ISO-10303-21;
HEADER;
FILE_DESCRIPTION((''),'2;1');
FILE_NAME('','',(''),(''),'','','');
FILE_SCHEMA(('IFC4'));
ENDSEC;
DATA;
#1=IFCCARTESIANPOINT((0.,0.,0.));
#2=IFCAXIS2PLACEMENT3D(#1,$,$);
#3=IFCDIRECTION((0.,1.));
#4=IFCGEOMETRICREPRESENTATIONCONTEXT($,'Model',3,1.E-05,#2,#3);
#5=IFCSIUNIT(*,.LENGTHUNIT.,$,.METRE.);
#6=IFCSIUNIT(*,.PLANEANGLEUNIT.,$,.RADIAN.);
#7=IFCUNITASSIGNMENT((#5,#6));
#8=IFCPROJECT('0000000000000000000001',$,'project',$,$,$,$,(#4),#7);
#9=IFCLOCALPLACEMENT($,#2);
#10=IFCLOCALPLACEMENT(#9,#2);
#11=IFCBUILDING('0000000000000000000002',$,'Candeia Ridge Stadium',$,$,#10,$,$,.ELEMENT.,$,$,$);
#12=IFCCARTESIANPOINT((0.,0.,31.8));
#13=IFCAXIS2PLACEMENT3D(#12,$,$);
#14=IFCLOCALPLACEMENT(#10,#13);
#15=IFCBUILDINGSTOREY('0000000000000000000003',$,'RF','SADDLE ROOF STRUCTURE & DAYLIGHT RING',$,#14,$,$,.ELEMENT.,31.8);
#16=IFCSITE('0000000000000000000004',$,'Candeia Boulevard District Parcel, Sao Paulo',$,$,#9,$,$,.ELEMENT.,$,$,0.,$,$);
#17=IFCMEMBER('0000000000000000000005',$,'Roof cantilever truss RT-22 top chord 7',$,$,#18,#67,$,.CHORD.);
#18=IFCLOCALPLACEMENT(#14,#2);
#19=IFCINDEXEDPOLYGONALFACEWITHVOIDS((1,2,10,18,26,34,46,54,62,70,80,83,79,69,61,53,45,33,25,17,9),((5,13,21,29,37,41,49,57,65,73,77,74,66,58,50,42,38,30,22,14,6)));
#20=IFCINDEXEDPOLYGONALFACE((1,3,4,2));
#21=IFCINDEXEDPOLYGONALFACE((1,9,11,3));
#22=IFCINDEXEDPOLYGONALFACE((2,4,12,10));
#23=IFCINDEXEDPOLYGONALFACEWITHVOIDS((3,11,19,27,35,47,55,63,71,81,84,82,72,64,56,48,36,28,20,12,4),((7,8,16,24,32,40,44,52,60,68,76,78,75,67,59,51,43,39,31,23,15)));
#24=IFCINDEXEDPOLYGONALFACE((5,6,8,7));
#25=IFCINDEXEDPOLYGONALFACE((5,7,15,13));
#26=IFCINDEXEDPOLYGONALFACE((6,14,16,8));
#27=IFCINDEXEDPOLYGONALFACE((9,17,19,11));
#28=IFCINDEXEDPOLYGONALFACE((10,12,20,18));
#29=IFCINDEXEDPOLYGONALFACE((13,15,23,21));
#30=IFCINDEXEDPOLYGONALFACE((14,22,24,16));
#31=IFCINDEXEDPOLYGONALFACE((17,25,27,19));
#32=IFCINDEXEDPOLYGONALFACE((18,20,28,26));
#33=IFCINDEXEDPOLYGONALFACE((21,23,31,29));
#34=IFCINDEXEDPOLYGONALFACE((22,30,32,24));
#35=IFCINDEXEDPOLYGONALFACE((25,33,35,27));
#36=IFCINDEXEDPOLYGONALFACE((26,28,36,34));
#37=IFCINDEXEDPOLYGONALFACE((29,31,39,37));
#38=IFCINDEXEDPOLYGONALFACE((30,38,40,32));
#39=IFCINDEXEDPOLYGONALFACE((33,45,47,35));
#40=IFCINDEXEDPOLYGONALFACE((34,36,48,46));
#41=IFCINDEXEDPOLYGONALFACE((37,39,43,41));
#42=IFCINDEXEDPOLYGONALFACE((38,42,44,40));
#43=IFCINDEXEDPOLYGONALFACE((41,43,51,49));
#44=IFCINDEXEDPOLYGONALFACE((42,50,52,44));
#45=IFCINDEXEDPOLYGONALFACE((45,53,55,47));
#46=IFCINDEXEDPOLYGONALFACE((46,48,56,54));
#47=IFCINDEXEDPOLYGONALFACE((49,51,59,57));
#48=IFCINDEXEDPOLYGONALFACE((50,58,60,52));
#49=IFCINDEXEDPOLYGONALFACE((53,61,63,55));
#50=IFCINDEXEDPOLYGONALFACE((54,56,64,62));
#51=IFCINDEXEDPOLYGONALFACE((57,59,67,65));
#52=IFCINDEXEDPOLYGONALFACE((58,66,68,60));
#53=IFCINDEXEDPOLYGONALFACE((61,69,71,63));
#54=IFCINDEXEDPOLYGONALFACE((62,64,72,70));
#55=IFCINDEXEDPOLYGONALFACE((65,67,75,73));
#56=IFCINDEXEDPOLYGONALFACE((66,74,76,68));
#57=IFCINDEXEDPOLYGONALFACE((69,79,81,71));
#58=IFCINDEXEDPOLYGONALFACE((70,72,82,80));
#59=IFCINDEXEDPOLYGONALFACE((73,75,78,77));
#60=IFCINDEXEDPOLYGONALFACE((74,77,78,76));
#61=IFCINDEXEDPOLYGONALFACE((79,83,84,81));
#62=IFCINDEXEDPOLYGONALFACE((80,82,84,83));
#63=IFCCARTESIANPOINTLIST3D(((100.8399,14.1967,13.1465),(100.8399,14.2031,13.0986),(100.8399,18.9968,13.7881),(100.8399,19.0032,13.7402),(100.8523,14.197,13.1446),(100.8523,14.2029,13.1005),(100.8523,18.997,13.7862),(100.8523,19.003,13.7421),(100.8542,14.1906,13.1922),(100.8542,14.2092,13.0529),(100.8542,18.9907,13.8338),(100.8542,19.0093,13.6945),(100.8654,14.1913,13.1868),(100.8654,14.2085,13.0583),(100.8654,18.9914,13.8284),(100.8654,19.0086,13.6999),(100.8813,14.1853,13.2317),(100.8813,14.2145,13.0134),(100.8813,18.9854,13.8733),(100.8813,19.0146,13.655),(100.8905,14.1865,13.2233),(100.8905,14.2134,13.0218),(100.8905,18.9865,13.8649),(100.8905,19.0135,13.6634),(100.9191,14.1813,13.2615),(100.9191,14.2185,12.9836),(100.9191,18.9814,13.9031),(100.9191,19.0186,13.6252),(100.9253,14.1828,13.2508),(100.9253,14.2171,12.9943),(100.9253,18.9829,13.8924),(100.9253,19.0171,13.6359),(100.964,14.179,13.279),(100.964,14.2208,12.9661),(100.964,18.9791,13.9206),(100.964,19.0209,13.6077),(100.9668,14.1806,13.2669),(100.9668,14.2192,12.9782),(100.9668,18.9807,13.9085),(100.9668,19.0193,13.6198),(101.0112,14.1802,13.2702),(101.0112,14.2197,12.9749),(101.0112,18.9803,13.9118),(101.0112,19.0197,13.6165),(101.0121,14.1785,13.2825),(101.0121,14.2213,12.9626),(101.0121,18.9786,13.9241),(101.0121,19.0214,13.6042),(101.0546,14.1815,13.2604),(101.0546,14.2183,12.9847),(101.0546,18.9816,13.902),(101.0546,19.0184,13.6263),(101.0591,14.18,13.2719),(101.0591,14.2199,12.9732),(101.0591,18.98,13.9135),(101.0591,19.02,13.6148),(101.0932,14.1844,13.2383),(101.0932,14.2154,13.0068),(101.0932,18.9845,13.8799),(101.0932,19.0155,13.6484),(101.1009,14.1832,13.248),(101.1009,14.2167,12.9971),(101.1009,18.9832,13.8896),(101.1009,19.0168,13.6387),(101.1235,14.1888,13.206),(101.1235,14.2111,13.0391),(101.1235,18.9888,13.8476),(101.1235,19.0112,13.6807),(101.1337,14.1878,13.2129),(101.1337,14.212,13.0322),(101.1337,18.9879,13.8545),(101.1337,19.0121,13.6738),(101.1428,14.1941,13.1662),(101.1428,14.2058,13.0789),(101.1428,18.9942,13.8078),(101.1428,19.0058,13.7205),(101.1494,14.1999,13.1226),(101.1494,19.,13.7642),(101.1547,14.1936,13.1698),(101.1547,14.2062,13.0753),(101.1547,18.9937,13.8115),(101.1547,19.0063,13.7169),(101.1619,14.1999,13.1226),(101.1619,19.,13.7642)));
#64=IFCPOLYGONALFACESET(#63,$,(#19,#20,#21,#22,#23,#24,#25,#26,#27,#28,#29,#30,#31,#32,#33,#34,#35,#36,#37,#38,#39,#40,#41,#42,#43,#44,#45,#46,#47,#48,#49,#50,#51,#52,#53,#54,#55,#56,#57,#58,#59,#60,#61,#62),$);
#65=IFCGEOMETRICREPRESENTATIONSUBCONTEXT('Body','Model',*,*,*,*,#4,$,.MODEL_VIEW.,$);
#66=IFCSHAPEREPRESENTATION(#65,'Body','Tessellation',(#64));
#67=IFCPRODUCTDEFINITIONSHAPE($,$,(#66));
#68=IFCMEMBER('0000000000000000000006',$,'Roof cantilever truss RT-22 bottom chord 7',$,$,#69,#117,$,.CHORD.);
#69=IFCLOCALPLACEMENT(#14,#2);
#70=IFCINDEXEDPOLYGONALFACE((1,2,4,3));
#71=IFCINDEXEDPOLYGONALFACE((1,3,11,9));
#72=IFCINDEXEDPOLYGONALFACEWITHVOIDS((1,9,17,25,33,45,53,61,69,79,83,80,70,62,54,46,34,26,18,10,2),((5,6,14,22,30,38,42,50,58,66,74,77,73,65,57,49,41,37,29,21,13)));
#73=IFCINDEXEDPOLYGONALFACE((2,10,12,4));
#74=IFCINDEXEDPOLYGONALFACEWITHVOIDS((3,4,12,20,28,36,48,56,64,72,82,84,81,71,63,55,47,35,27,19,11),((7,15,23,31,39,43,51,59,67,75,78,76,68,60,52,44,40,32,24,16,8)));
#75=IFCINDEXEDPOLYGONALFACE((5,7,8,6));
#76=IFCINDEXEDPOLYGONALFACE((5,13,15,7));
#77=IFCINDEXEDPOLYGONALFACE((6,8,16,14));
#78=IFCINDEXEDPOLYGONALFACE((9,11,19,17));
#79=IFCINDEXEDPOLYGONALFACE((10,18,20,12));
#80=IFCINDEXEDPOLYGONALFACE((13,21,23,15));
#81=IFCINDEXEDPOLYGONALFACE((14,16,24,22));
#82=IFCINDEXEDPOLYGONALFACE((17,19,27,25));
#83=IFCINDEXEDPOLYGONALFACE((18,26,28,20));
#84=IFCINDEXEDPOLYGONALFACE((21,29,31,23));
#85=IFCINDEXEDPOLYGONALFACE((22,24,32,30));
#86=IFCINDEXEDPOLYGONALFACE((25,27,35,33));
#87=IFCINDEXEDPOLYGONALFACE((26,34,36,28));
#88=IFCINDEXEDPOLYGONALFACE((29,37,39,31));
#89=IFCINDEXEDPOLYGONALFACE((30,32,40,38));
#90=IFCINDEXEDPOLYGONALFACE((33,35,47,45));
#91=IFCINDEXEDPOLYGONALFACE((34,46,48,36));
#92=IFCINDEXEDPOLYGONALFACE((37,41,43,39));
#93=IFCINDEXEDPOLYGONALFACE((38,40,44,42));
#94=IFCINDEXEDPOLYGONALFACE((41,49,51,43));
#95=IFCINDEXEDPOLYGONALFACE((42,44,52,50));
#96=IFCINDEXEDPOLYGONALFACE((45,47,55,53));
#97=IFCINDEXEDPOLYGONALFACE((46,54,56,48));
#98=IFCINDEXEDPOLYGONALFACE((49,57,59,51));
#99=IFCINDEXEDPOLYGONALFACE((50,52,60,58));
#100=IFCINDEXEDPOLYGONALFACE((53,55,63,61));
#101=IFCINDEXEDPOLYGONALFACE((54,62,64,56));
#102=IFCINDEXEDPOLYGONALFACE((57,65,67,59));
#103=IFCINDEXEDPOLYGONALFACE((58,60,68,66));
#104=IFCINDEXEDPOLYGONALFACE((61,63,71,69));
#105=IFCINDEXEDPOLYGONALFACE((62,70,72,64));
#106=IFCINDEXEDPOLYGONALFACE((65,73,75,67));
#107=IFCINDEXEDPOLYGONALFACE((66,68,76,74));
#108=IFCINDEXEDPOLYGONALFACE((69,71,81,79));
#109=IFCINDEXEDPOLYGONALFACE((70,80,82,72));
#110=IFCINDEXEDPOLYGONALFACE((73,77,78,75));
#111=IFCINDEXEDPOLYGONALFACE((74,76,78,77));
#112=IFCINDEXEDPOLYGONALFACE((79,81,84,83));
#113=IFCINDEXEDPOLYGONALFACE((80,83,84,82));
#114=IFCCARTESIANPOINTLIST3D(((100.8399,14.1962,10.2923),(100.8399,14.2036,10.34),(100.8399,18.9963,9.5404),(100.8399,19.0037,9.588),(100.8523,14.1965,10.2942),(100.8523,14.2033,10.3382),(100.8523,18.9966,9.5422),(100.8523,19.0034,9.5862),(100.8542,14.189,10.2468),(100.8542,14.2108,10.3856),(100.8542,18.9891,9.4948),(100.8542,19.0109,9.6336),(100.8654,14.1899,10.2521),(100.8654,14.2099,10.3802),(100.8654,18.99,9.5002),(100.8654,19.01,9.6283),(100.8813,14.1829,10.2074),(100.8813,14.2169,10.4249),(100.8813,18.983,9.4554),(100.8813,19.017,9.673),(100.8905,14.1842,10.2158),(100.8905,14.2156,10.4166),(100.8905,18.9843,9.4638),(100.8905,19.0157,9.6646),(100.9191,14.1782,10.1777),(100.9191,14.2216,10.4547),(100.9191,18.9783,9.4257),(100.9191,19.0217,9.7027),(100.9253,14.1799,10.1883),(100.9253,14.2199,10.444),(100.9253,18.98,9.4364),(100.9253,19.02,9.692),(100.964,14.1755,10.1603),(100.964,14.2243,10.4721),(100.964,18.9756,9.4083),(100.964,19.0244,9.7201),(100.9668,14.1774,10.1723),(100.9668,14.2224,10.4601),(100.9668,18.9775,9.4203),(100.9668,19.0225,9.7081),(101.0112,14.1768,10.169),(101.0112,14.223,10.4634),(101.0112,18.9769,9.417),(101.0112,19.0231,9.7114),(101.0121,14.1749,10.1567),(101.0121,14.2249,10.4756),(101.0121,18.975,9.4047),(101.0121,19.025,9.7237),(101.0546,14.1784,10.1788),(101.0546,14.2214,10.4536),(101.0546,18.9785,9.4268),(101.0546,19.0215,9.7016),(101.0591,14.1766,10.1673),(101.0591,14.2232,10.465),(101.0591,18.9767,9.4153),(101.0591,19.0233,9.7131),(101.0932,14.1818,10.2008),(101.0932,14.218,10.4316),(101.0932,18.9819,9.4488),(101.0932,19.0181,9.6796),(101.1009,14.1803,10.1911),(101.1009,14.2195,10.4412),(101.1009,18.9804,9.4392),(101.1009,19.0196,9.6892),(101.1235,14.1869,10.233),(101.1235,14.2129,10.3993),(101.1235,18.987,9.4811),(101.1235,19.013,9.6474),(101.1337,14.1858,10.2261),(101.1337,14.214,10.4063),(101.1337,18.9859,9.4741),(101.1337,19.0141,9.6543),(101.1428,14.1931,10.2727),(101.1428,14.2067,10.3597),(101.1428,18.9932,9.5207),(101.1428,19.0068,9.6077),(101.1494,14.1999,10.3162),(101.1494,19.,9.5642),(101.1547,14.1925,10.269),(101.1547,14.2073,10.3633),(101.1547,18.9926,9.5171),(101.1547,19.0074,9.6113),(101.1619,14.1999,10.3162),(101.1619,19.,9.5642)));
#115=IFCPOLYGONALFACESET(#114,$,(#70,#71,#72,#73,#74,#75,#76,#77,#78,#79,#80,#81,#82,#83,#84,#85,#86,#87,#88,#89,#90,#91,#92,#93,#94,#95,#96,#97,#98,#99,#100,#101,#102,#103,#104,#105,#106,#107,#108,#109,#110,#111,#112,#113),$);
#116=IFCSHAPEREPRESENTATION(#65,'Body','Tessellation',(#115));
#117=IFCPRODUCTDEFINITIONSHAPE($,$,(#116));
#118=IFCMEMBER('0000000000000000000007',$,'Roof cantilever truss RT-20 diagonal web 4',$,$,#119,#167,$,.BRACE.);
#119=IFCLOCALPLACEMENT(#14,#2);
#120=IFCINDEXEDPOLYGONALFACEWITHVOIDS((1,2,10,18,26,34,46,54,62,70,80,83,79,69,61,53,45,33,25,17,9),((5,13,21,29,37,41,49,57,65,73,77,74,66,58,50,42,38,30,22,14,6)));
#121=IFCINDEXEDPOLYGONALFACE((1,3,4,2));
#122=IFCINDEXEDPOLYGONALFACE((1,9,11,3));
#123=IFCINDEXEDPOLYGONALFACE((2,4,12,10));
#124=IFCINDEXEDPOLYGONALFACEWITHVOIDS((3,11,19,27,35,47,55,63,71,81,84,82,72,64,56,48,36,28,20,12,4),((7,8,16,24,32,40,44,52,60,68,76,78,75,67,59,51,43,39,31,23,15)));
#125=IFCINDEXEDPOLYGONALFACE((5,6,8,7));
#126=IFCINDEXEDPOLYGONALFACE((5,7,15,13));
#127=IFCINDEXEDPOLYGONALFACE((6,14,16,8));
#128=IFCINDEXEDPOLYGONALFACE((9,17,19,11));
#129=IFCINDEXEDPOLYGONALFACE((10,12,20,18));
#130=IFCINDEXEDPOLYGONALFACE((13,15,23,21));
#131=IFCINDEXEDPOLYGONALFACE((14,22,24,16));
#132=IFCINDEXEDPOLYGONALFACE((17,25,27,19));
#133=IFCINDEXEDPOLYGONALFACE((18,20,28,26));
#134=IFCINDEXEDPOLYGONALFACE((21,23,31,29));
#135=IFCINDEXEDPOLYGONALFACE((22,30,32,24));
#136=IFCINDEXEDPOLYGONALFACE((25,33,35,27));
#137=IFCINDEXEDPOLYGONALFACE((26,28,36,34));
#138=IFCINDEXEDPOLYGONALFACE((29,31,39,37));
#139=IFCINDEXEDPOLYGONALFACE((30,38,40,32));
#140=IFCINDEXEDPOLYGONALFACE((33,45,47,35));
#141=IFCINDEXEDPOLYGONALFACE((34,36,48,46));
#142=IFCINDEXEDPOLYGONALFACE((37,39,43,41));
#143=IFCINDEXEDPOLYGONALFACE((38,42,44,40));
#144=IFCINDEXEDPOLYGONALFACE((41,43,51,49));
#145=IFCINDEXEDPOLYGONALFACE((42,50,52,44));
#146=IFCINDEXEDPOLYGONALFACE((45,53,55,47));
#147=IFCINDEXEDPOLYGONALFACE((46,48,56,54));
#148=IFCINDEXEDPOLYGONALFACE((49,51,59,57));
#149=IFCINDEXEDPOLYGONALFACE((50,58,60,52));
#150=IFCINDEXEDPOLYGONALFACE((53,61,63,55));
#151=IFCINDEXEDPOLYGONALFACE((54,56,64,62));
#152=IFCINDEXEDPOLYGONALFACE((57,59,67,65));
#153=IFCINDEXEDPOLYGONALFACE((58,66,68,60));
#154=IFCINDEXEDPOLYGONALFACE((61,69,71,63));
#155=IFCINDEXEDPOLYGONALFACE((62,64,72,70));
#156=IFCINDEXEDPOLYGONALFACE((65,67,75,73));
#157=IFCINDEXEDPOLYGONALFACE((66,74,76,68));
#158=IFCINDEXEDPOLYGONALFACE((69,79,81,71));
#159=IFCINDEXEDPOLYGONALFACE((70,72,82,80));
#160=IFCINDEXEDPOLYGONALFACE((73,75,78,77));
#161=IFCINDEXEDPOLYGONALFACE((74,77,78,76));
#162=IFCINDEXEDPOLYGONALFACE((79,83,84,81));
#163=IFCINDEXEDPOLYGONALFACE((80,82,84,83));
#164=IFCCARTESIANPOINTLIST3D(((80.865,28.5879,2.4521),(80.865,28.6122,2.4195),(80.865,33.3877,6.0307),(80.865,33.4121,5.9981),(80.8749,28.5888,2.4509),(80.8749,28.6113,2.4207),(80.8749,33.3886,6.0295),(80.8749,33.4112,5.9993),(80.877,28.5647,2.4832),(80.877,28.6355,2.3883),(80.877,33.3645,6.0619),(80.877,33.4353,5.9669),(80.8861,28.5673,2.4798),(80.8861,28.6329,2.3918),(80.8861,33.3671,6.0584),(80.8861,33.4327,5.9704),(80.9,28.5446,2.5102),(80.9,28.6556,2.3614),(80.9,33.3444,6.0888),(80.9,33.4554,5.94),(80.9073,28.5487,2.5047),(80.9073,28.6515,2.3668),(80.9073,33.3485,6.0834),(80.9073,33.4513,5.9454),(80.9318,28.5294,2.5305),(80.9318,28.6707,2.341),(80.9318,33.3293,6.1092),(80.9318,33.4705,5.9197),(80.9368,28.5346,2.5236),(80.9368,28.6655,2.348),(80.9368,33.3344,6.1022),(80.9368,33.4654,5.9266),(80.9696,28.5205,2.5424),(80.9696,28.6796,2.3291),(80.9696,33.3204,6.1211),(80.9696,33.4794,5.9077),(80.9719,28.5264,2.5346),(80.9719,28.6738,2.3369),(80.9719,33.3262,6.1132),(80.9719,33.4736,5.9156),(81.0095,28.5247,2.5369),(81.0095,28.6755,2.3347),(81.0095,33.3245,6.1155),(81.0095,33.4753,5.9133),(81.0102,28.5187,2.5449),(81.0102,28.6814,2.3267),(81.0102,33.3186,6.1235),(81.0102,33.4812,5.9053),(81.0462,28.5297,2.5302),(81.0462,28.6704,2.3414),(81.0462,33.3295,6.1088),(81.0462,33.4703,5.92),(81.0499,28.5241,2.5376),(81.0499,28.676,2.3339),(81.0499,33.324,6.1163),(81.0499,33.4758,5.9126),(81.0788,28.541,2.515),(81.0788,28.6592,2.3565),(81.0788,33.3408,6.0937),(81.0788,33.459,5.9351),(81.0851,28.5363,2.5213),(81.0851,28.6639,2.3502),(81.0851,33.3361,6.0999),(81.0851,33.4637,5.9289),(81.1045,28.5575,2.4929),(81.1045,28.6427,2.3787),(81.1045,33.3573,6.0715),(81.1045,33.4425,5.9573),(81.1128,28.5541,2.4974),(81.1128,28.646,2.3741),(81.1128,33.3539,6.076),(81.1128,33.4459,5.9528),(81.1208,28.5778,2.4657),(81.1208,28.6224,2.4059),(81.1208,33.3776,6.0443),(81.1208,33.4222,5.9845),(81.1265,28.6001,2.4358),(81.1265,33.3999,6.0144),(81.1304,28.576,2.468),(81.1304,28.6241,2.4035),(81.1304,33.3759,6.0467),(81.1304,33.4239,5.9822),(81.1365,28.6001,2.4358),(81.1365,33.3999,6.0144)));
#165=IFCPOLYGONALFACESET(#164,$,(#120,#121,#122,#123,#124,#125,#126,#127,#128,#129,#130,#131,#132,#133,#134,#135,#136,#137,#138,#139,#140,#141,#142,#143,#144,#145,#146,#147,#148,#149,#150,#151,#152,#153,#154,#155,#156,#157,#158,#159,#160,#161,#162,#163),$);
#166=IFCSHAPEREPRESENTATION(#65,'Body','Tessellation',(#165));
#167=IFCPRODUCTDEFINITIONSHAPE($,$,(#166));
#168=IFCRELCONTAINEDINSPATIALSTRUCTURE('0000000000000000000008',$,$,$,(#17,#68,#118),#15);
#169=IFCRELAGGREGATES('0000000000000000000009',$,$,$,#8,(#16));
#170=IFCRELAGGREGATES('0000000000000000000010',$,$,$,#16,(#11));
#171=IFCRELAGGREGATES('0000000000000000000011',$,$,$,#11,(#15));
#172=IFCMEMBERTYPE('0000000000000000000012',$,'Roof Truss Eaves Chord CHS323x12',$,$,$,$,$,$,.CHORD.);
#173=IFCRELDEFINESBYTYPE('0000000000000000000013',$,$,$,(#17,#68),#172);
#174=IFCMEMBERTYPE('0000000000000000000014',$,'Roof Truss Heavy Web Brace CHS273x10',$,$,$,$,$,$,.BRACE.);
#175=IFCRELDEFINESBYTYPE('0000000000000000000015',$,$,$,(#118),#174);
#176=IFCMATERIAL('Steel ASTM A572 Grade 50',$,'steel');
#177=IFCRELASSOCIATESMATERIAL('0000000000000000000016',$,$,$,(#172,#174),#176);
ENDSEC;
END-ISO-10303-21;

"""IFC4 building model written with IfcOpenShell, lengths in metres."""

from ifc_helpers import new_model, si_unit, direction, frame, origin, origin_2d, place, context, subcontext, project, spatial, hollow_circle, extrude, material, material_profile, profile_set, type_object, element, save


model = new_model("IFC4")

# Units and contexts
model_context = context("Model", 3, precision=1e-05, world=origin(), true_north=direction((0.0, 1.0)))
body_context = subcontext(model_context, "Body", "Model", "MODEL_VIEW")
ifc_project = project(units=[si_unit("LENGTHUNIT", "METRE"), si_unit("PLANEANGLEUNIT", "RADIAN")], contexts=[model_context])

# Site, building, storey
site_placement = place(None, origin())
site = spatial("IfcSite", under=ifc_project, at=site_placement, Name="Candeia Boulevard District Parcel, Sao Paulo", CompositionType="ELEMENT", RefElevation=0.0)
building_placement = place(site_placement, origin())
building = spatial("IfcBuilding", under=site, at=building_placement, Name="Candeia Ridge Stadium", CompositionType="ELEMENT")
storey_placement = place(building_placement, frame((0.0, 0.0, 31.8)))
storey = spatial("IfcBuildingStorey", under=building, at=storey_placement, Name="RF", Description="SADDLE ROOF STRUCTURE & DAYLIGHT RING", CompositionType="ELEMENT", Elevation=31.8)

# Shared definitions
ifc_material = material(Name="Steel ASTM A572 Grade 50", Category="steel")

# Members
ifc_material_profile_1 = material_profile(ifc_material, hollow_circle(Radius=0.1619, WallThickness=0.0125, at=origin_2d()), Name="CHS323x12", Category="steel")
ifc_profile_set_1 = profile_set([ifc_material_profile_1], Name="Steel ASTM A572 Grade 50")
member_type_1 = type_object("IfcMemberType", Name="Roof Truss Eaves Chord CHS323x12", PredefinedType="CHORD", material=ifc_profile_set_1)
member_1_placement = place(storey_placement, frame((101.0, 19.0, 13.7642), z_axis=(0.0, -0.991185, -0.132487), x_axis=(1.0, 0.0, 0.0)))
element("IfcMember", 1, at=member_1_placement, inside=storey, type_object=member_type_1, Name="Roof cantilever truss RT-22 top chord 7", PredefinedType="CHORD", context=body_context, shape_type="SweptSolid", body=[
    extrude(hollow_circle(Radius=0.1619, WallThickness=0.0125, at=origin_2d()), origin(), (0.0, 0.0, 1.0), 4.8428),
])
member_2_placement = place(storey_placement, frame((101.0, 19.0, 9.5642), z_axis=(0.0, -0.987951, 0.154768), x_axis=(1.0, 0.0, 0.0)))
element("IfcMember", 2, at=member_2_placement, inside=storey, type_object=member_type_1, Name="Roof cantilever truss RT-22 bottom chord 7", PredefinedType="CHORD", context=body_context, shape_type="SweptSolid", body=[
    extrude(hollow_circle(Radius=0.1619, WallThickness=0.0125, at=origin_2d()), origin(), (0.0, 0.0, 1.0), 4.8586),
])
ifc_material_profile_2 = material_profile(ifc_material, hollow_circle(Radius=0.1365, WallThickness=0.01, at=origin_2d()), Name="CHS273x10", Category="steel")
ifc_profile_set_2 = profile_set([ifc_material_profile_2], Name="Steel ASTM A572 Grade 50")
member_type_2 = type_object("IfcMemberType", Name="Roof Truss Heavy Web Brace CHS273x10", PredefinedType="BRACE", material=ifc_profile_set_2)
member_3_placement = place(storey_placement, frame((81.0, 33.3999, 6.0144), z_axis=(0.0, -0.8017, -0.597727), x_axis=(1.0, 0.0, 0.0)))
element("IfcMember", 3, at=member_3_placement, inside=storey, type_object=member_type_2, Name="Roof cantilever truss RT-20 diagonal web 4", PredefinedType="BRACE", context=body_context, shape_type="SweptSolid", body=[
    extrude(hollow_circle(Radius=0.1365, WallThickness=0.01, at=origin_2d()), origin(), (0.0, 0.0, 1.0), 5.9871),
])

save(model, "model.ifc")
